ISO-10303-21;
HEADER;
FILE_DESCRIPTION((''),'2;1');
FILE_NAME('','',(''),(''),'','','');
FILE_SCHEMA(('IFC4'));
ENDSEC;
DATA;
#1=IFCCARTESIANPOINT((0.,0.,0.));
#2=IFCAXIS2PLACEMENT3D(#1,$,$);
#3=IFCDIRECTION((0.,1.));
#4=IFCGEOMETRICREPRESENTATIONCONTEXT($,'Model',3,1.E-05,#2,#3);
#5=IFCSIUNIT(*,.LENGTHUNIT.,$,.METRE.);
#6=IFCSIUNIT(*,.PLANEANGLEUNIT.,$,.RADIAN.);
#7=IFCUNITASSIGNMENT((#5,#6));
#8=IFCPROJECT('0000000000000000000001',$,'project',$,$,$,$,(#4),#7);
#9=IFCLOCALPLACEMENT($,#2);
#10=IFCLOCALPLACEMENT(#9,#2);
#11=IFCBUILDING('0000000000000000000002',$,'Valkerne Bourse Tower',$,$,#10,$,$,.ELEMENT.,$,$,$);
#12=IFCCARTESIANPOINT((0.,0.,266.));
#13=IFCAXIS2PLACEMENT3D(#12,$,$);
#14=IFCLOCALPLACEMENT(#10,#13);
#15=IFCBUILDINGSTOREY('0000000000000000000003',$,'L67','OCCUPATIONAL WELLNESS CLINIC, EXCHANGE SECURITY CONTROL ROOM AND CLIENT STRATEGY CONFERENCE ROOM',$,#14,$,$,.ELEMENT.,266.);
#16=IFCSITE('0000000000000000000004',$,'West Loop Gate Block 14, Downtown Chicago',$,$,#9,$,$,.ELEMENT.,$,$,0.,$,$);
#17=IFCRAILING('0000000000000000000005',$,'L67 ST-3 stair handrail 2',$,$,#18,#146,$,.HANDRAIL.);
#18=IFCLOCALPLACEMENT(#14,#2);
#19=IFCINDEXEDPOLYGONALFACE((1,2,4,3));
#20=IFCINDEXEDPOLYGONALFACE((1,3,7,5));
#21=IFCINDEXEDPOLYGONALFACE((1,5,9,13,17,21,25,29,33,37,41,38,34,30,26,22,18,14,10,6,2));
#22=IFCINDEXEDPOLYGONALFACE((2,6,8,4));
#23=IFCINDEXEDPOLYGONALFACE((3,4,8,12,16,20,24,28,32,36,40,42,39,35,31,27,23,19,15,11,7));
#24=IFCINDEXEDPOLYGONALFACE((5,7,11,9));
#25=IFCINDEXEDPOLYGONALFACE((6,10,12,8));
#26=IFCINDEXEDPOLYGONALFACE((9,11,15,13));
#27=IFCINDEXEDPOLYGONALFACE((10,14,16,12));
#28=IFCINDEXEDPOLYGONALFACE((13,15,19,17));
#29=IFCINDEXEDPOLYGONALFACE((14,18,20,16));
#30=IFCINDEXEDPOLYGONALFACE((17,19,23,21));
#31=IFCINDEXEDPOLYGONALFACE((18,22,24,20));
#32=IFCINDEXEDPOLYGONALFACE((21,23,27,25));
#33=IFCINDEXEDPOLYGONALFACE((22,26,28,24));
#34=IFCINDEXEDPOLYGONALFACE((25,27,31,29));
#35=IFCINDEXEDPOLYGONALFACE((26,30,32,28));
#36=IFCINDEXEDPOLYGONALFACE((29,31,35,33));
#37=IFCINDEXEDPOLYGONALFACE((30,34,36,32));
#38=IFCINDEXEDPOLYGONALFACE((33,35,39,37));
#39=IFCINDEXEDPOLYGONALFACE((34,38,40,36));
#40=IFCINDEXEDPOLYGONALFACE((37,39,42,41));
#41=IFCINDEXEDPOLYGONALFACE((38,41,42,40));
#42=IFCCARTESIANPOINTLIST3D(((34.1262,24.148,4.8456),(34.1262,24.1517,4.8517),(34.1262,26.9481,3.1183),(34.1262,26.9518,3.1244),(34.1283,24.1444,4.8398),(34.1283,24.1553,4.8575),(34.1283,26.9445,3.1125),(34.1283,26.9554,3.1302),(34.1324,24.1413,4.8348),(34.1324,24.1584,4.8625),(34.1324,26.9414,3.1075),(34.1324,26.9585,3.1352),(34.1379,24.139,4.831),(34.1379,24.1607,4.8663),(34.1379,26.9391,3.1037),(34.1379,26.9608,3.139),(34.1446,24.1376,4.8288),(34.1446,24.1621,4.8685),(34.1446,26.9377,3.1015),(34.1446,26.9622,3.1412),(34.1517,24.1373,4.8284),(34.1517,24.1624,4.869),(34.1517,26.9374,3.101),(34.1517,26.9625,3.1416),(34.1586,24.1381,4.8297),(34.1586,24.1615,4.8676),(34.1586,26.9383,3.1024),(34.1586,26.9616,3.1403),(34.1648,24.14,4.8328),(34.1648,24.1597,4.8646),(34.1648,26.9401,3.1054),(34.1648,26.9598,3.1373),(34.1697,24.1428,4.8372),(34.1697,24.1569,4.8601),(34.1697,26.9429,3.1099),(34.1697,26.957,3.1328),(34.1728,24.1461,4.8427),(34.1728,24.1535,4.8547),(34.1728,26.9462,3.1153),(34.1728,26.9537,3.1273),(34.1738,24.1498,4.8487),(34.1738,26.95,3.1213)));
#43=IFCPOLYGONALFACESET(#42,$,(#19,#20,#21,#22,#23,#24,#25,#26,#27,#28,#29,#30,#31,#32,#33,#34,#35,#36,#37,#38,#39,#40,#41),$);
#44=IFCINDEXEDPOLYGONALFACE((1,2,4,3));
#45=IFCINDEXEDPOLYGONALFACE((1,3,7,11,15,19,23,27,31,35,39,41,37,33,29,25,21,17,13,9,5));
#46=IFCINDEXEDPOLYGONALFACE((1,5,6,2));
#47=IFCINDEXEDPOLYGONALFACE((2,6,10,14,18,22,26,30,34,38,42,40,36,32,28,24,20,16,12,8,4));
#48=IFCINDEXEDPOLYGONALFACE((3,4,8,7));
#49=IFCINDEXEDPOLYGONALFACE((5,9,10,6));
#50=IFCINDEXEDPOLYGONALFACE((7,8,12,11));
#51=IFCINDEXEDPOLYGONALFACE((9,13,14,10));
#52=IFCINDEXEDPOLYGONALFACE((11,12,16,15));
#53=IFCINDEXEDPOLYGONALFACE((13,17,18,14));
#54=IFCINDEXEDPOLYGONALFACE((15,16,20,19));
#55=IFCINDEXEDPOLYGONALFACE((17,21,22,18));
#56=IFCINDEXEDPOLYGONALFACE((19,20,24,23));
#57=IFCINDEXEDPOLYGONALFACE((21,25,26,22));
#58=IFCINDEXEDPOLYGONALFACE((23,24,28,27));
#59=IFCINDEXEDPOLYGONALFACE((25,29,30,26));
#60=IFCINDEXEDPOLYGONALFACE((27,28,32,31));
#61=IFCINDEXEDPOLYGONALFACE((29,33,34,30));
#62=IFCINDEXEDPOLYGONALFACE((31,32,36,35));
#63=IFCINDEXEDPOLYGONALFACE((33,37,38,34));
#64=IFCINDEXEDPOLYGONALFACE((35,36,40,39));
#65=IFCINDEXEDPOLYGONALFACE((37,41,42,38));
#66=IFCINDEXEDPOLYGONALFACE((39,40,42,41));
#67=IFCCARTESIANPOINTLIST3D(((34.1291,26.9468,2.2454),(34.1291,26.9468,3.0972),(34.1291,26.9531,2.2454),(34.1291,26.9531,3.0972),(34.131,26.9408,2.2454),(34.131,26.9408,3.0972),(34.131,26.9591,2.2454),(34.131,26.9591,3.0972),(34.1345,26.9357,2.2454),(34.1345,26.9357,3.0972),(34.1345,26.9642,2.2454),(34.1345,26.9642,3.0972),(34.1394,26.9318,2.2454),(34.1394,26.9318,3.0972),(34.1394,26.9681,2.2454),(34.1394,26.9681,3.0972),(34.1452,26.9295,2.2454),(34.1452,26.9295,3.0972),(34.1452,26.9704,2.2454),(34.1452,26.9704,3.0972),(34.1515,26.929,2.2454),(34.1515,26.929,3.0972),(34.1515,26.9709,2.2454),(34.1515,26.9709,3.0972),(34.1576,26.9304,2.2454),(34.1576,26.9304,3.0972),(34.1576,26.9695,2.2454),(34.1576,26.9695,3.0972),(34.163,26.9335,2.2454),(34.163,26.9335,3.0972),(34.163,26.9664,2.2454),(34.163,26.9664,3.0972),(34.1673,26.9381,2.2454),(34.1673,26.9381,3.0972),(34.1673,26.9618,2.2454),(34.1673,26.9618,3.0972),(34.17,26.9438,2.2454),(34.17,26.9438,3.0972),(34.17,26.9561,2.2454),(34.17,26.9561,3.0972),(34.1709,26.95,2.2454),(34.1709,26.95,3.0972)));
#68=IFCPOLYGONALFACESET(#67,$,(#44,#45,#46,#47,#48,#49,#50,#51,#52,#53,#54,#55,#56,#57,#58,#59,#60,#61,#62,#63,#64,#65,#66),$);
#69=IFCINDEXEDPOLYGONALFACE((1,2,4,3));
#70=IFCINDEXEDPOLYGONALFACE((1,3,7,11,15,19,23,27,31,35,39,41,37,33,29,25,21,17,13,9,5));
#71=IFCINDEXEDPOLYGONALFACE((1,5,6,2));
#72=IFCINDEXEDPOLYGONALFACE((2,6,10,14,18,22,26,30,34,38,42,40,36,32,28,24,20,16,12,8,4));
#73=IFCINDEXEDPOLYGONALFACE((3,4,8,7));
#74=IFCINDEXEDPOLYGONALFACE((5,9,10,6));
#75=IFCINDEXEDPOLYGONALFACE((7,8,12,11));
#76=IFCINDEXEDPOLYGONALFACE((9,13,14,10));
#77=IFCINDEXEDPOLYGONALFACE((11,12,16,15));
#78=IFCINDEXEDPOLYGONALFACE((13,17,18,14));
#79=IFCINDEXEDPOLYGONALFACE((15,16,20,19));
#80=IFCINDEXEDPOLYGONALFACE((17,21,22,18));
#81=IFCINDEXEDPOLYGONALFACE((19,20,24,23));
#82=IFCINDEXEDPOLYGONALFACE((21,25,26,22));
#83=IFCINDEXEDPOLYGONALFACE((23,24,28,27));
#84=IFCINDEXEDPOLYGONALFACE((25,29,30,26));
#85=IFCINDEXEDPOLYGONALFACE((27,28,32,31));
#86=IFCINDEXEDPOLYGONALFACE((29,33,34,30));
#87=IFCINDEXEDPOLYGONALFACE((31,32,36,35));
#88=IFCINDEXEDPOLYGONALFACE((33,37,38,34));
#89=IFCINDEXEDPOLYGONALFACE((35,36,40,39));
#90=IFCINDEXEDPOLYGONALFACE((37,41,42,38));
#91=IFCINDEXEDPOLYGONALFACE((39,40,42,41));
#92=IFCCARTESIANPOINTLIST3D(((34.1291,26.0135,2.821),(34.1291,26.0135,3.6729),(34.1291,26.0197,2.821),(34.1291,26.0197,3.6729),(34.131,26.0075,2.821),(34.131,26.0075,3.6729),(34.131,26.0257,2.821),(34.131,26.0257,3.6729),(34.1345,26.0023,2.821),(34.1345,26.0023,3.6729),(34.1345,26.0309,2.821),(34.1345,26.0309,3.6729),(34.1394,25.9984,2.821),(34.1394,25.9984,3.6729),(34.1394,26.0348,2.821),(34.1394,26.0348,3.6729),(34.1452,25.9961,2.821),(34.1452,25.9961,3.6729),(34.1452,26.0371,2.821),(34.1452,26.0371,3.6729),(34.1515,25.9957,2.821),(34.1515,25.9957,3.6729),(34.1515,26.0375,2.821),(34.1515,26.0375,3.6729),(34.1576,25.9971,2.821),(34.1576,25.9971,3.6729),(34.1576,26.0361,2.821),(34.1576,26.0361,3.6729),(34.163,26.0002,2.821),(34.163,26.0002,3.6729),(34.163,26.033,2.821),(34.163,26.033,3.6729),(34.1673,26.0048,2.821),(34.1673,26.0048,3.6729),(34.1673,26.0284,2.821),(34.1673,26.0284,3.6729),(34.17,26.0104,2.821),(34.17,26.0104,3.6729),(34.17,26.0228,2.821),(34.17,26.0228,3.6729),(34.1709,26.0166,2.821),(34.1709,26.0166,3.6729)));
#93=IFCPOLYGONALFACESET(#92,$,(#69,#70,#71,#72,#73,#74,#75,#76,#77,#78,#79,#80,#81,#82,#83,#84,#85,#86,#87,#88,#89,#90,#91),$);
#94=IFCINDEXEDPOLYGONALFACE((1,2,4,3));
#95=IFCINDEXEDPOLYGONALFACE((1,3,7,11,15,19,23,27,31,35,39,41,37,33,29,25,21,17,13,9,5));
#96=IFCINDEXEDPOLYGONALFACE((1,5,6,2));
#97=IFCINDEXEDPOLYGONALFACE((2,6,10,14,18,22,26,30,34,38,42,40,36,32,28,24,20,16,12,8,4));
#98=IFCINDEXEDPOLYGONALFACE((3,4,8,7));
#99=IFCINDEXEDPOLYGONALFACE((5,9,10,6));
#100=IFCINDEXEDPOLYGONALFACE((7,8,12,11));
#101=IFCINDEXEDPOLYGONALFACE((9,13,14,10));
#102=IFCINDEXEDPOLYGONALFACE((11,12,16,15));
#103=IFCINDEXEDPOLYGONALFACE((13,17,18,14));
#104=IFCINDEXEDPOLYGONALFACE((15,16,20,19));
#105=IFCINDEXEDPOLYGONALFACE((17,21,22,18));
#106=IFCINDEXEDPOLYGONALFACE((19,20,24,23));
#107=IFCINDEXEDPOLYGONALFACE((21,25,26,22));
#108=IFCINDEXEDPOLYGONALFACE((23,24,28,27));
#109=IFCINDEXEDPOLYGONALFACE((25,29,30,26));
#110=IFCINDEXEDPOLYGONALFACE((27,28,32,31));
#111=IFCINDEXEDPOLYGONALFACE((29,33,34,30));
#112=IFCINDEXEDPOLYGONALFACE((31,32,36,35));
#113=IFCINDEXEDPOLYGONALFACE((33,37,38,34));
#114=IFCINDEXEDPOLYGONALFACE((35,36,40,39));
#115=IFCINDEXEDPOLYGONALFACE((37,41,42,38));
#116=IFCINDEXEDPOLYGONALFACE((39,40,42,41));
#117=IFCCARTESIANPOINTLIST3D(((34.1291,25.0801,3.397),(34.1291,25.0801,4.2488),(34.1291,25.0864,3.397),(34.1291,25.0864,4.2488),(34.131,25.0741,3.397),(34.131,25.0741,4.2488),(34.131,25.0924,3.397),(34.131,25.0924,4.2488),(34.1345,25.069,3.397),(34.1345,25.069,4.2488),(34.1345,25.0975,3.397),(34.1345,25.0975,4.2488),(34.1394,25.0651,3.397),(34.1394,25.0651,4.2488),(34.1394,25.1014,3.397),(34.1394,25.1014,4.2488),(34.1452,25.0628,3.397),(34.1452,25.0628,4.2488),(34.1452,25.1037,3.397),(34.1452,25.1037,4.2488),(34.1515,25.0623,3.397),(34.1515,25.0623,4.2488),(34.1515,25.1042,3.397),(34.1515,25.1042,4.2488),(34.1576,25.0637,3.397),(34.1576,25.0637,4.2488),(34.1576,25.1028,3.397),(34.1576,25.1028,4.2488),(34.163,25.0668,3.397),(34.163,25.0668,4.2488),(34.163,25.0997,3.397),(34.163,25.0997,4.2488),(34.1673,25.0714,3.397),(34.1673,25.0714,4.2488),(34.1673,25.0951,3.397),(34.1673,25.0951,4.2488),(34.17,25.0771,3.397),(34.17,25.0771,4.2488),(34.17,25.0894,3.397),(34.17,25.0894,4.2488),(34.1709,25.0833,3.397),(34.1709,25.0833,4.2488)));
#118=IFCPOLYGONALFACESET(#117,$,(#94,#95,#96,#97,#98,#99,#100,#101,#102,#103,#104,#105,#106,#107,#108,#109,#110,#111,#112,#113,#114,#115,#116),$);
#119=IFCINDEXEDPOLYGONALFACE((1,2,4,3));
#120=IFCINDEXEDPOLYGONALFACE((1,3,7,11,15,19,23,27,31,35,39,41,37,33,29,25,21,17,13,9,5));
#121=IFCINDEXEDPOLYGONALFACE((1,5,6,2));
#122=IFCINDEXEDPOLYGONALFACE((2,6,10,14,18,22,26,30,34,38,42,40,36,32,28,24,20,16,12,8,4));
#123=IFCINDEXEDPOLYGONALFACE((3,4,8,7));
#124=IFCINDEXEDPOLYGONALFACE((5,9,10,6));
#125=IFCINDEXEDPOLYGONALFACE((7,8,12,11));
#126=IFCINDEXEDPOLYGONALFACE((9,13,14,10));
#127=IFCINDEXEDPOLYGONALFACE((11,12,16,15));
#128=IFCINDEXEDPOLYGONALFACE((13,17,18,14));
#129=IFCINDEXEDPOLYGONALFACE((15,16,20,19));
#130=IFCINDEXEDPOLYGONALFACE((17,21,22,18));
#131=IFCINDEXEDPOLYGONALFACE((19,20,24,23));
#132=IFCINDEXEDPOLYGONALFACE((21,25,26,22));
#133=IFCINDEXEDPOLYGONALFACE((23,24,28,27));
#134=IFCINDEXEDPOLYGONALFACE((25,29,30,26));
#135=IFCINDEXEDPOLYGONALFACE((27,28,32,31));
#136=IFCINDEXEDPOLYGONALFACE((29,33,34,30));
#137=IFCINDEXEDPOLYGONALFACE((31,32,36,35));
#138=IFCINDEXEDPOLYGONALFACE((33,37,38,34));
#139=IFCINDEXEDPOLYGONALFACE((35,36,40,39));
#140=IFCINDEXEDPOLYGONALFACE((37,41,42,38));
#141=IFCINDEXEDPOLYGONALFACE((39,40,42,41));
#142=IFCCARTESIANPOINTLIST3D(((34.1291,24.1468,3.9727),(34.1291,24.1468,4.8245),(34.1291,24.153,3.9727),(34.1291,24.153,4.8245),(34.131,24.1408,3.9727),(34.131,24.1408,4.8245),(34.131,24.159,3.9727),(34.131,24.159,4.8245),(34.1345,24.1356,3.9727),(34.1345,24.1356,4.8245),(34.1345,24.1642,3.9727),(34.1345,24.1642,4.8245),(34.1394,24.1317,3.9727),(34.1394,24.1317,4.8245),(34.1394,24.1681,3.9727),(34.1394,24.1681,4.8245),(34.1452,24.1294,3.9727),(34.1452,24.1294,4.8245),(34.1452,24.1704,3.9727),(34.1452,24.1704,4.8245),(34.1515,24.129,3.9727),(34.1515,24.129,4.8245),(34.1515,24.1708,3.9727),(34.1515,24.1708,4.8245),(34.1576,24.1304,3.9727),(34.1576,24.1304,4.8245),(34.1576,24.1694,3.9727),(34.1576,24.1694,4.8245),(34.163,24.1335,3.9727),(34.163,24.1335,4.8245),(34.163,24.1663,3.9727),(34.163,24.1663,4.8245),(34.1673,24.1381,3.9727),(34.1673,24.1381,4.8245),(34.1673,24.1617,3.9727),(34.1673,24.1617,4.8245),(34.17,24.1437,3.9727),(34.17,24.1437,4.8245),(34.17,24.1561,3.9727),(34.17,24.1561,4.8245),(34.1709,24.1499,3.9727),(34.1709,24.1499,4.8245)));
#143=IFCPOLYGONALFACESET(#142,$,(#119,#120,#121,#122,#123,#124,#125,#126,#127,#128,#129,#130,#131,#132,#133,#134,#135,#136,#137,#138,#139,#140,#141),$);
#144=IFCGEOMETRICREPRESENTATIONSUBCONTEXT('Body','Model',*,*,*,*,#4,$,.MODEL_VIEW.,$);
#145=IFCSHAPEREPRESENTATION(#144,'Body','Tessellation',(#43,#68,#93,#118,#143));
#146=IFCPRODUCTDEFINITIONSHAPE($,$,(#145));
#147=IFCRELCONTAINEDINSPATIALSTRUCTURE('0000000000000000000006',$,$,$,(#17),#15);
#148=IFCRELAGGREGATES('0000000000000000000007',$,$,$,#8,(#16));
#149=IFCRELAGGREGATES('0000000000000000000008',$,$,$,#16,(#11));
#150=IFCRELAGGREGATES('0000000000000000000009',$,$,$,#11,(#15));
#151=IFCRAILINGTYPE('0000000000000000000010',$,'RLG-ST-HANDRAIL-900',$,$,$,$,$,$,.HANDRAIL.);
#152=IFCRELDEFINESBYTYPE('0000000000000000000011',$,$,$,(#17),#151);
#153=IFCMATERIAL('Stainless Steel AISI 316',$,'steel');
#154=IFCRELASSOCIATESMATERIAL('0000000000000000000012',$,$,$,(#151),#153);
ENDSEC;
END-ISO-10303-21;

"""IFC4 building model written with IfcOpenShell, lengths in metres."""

from ifc_helpers import new_model, si_unit, direction, frame, origin, origin_2d, place, context, subcontext, project, spatial, circle, extrude, material, type_object, element, save


model = new_model("IFC4")

# Units and contexts
model_context = context("Model", 3, precision=1e-05, world=origin(), true_north=direction((0.0, 1.0)))
body_context = subcontext(model_context, "Body", "Model", "MODEL_VIEW")
ifc_project = project(units=[si_unit("LENGTHUNIT", "METRE"), si_unit("PLANEANGLEUNIT", "RADIAN")], contexts=[model_context])

# Site, building, storey
site_placement = place(None, origin())
site = spatial("IfcSite", under=ifc_project, at=site_placement, Name="West Loop Gate Block 14, Downtown Chicago", CompositionType="ELEMENT", RefElevation=0.0)
building_placement = place(site_placement, origin())
building = spatial("IfcBuilding", under=site, at=building_placement, Name="Valkerne Bourse Tower", CompositionType="ELEMENT")
storey_placement = place(building_placement, frame((0.0, 0.0, 266.0)))
storey = spatial("IfcBuildingStorey", under=building, at=storey_placement, Name="L67", Description="OCCUPATIONAL WELLNESS CLINIC, EXCHANGE SECURITY CONTROL ROOM AND CLIENT STRATEGY CONFERENCE ROOM", CompositionType="ELEMENT", Elevation=266.0)

# Railing
ifc_material_1 = material(Name="Stainless Steel AISI 316", Category="steel")
railing_type_1 = type_object("IfcRailingType", Name="RLG-ST-HANDRAIL-900", PredefinedType="HANDRAIL", material=ifc_material_1)
railing_1_placement = place(storey_placement, frame((34.1499, 26.95, 2.2454)))
element("IfcRailing", 1, at=railing_1_placement, inside=storey, type_object=railing_type_1, Name="L67 ST-3 stair handrail 2", PredefinedType="HANDRAIL", context=body_context, shape_type="SweptSolid", body=[
    extrude(circle(Radius=0.0239, at=origin_2d()), frame((0.0, 0.0, 0.876), z_axis=(0.0, -0.85109, 0.52502), x_axis=(1.0, 0.0, 0.0)), (0.0, 0.0, 1.0), 3.29),
    extrude(circle(Radius=0.021, at=origin_2d()), origin(), (0.0, 0.0, 1.0), 0.8518),
    extrude(circle(Radius=0.021, at=origin_2d()), frame((0.0, -0.9333, 0.5757)), (0.0, 0.0, 1.0), 0.8518),
    extrude(circle(Radius=0.021, at=origin_2d()), frame((0.0, -1.8667, 1.1516)), (0.0, 0.0, 1.0), 0.8518),
    extrude(circle(Radius=0.021, at=origin_2d()), frame((0.0, -2.8, 1.7273)), (0.0, 0.0, 1.0), 0.8518),
])

save(model, "model.ifc")
